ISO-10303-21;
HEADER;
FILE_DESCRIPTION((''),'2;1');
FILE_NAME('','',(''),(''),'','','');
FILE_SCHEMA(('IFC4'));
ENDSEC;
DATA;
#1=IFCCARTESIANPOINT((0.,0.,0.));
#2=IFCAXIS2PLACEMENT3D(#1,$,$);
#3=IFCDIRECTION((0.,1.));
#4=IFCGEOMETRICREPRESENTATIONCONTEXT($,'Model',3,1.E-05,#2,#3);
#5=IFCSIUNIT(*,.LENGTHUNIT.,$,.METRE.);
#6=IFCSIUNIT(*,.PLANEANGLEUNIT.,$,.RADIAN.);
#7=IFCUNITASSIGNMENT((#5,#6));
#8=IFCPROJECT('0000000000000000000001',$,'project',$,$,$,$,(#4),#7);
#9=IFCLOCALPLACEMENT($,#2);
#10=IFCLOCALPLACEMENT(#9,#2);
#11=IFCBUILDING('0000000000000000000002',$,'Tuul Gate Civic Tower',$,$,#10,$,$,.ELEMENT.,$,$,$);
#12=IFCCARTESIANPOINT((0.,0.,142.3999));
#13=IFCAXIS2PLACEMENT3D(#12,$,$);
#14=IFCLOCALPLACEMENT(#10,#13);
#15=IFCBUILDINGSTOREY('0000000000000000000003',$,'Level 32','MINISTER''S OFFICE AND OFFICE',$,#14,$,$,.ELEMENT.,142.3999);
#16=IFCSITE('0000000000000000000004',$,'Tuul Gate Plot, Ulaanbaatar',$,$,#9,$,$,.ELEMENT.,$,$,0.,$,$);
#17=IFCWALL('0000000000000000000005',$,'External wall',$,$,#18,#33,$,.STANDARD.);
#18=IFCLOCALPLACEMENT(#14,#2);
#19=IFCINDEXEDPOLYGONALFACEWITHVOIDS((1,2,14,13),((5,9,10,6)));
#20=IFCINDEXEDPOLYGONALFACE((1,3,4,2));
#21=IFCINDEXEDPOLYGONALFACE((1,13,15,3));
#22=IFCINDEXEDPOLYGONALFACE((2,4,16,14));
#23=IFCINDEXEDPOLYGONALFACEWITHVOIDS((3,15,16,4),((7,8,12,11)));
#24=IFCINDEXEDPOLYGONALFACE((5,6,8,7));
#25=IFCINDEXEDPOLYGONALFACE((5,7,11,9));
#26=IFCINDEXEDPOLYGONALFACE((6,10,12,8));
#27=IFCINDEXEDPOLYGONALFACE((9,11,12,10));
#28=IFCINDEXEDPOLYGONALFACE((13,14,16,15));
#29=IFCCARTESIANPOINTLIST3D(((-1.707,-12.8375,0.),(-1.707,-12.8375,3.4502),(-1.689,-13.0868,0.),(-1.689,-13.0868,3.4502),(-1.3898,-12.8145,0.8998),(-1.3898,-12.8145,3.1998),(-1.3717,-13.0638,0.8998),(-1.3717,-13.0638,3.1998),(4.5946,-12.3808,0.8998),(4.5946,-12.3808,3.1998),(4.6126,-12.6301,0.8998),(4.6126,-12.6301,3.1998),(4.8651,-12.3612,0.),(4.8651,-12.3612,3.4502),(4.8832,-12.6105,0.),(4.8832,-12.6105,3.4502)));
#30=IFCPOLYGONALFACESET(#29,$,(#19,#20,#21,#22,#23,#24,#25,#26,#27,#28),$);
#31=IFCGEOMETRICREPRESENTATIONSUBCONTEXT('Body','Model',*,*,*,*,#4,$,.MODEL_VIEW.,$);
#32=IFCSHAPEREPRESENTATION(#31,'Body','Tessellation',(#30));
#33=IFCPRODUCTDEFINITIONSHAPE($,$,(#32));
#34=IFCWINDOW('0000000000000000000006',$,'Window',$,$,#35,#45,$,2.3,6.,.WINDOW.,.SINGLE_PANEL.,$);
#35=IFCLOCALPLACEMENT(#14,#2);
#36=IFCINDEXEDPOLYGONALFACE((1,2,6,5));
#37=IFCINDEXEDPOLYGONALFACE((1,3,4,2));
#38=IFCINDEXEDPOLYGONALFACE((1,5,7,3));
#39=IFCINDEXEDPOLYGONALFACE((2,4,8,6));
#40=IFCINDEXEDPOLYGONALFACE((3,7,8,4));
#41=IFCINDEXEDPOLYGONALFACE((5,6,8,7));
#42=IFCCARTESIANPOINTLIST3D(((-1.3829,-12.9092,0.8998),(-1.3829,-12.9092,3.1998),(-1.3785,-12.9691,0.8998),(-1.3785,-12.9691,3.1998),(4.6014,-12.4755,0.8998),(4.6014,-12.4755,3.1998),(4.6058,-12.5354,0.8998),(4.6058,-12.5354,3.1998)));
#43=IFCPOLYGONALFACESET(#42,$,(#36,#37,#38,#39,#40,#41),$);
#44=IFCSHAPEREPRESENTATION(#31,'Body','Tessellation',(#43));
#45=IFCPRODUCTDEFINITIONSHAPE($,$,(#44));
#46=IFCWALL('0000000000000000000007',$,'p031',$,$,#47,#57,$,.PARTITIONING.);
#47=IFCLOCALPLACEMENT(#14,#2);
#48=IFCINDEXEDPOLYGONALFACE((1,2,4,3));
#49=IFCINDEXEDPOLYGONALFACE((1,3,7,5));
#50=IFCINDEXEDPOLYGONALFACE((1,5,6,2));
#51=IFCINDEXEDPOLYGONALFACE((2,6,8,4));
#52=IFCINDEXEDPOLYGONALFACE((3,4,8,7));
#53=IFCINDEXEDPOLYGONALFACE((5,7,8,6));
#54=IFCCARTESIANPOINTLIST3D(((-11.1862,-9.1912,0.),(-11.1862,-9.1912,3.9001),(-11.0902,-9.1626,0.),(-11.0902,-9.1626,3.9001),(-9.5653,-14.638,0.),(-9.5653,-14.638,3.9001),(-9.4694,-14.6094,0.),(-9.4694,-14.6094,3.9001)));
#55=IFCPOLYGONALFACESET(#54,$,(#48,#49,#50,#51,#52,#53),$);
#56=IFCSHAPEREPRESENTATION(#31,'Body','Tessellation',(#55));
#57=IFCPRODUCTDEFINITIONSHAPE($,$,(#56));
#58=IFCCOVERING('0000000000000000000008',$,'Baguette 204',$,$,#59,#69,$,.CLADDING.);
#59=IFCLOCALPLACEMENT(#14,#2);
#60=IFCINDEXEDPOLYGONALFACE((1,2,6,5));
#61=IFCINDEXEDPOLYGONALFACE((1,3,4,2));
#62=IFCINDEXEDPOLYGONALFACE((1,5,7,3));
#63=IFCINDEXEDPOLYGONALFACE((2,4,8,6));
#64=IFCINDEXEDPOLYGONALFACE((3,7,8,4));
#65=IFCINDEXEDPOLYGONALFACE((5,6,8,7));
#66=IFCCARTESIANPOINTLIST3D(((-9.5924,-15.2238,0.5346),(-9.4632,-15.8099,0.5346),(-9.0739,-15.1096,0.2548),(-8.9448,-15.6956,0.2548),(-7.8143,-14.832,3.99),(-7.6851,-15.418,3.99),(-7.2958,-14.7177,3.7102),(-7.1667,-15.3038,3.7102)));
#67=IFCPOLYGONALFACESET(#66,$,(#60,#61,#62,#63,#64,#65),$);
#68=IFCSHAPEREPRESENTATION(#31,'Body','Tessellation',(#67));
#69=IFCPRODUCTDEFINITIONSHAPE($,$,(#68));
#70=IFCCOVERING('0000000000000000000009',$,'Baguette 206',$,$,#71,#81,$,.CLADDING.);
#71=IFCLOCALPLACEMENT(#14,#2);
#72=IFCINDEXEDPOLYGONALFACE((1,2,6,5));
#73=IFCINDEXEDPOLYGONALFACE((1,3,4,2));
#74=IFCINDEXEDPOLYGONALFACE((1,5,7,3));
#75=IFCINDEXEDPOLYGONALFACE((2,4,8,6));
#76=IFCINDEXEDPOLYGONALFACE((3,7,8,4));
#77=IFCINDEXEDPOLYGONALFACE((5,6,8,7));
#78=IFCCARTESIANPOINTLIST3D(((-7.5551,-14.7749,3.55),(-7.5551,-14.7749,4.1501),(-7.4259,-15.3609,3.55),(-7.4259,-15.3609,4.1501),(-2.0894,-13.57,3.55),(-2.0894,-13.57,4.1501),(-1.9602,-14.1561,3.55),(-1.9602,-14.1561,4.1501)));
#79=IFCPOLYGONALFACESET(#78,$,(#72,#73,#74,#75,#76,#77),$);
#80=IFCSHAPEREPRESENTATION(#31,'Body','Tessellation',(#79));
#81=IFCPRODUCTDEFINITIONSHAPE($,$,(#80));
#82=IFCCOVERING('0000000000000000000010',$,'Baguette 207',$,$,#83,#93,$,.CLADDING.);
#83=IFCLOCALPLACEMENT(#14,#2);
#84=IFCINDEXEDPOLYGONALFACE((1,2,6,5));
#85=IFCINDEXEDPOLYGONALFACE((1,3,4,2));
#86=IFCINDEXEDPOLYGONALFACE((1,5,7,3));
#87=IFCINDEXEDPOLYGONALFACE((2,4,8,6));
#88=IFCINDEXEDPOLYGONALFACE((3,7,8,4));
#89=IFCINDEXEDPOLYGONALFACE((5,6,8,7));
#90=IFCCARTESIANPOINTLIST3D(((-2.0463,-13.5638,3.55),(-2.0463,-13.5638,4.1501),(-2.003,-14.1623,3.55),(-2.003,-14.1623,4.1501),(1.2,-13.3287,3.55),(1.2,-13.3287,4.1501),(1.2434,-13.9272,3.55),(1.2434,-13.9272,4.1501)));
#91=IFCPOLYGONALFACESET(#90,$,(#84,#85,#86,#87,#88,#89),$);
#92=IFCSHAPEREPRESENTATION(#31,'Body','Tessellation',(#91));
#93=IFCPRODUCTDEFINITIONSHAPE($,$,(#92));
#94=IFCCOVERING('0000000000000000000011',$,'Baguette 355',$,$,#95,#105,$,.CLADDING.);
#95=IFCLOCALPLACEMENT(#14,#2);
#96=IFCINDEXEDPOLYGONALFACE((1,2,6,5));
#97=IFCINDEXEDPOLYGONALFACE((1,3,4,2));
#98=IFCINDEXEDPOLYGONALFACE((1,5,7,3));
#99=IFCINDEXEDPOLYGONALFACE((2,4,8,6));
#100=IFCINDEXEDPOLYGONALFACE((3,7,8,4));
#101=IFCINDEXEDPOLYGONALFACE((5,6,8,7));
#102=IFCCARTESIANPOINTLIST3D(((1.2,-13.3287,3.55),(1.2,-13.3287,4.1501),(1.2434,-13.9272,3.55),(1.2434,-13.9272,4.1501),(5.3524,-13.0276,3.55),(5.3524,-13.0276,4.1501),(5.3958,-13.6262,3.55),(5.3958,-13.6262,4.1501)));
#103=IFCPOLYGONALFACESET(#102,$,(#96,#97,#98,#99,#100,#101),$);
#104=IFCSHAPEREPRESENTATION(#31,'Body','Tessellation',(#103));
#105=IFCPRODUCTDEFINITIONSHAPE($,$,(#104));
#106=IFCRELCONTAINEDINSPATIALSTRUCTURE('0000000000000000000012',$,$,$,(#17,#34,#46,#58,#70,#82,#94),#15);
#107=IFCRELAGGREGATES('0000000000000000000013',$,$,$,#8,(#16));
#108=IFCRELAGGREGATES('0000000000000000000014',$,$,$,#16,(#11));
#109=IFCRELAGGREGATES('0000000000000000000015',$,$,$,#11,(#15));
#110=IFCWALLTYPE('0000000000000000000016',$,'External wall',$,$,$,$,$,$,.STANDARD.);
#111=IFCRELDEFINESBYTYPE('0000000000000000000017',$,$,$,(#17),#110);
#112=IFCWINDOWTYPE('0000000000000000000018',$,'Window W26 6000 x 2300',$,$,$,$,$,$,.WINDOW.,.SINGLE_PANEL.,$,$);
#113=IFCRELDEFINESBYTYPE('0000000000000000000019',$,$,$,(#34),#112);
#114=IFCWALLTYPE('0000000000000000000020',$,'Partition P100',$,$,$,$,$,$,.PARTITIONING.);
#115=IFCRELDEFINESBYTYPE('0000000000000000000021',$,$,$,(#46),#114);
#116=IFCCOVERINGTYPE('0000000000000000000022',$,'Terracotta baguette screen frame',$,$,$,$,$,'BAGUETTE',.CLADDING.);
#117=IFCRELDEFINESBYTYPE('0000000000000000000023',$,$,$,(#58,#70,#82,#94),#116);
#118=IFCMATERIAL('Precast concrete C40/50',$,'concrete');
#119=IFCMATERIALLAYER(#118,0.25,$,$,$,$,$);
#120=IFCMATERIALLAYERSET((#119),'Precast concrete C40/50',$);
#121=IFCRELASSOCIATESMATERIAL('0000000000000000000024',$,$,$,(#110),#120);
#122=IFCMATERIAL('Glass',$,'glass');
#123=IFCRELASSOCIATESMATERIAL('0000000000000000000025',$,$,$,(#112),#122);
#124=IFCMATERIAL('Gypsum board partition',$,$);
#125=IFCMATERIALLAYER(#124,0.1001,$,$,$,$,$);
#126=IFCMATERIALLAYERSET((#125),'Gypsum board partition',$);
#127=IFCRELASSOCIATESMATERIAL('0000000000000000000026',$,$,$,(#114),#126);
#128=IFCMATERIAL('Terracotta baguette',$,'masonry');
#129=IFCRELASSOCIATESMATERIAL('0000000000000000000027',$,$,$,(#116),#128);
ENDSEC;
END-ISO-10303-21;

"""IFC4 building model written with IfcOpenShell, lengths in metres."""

from ifc_helpers import new_model, si_unit, direction, frame, frame_2d, origin, origin_2d, place, context, subcontext, project, spatial, rectangle, extrude, material, layer, layer_set, material_profile, profile_set, type_object, element, fill, save


model = new_model("IFC4")

# Units and contexts
model_context = context("Model", 3, precision=1e-05, world=origin(), true_north=direction((0.0, 1.0)))
body_context = subcontext(model_context, "Body", "Model", "MODEL_VIEW")
ifc_project = project(units=[si_unit("LENGTHUNIT", "METRE"), si_unit("PLANEANGLEUNIT", "RADIAN")], contexts=[model_context])

# Site, building, storey
site_placement = place(None, origin())
site = spatial("IfcSite", under=ifc_project, at=site_placement, Name="Tuul Gate Plot, Ulaanbaatar", CompositionType="ELEMENT", RefElevation=0.0)
building_placement = place(site_placement, origin())
building = spatial("IfcBuilding", under=site, at=building_placement, Name="Tuul Gate Civic Tower", CompositionType="ELEMENT")
storey_placement = place(building_placement, frame((0.0, 0.0, 142.3999)))
storey = spatial("IfcBuildingStorey", under=building, at=storey_placement, Name="Level 32", Description="MINISTER'S OFFICE AND OFFICE", CompositionType="ELEMENT", Elevation=142.3999)

# Wall, opening, window
ifc_material_1 = material(Name="Precast concrete C40/50", Category="concrete")
ifc_layer_1 = layer(ifc_material_1, 0.25)
ifc_layer_set_1 = layer_set([ifc_layer_1], Name="Precast concrete C40/50")
wall_type_1 = type_object("IfcWallType", Name="External wall", PredefinedType="STANDARD", material=ifc_layer_set_1)
ifc_material_2 = material(Name="Glass", Category="glass")
window_type = type_object("IfcWindowType", Name="Window W26 6000 x 2300", PartitioningType="SINGLE_PANEL", PredefinedType="WINDOW", material=ifc_material_2)
wall_1_placement = place(storey_placement, frame((-1.698, -12.9622, 0.0), z_axis=(0.0, 0.0, 1.0), x_axis=(0.997384, 0.072287, 0.0)))
wall_1 = element("IfcWall", 1, at=wall_1_placement, inside=storey, type_object=wall_type_1, Name="External wall", PredefinedType="STANDARD", context=body_context, shape_type="SweptSolid", body=[
    extrude(rectangle(XDim=6.5894, YDim=0.25, at=frame_2d((3.2947, 0.0))), origin(), (0.0, 0.0, 1.0), 3.4502),
])
opening_1_placement = place(wall_1_placement, frame((0.3181, 0.0, 0.8999)))
opening_1 = element("IfcOpeningElement", 2, at=opening_1_placement, cuts=wall_1, PredefinedType="OPENING", context=body_context, shape_type="SweptSolid", body=[
    extrude(rectangle(XDim=6.0, YDim=2.3, at=frame_2d((3.0, 1.1499))), frame((0.0, 0.135, 0.0), z_axis=(0.0, -1.0, 0.0), x_axis=(1.0, 0.0, 0.0)), (0.0, 0.0, 1.0), 0.27),
])
window_1_placement = place(opening_1_placement, origin())
window_1 = element("IfcWindow", 3, at=window_1_placement, inside=storey, type_object=window_type, Name="Window", OverallHeight=2.3, OverallWidth=6.0, PartitioningType="SINGLE_PANEL", PredefinedType="WINDOW", context=body_context, shape_type="SweptSolid", body=[
    extrude(rectangle(XDim=6.0, YDim=2.3, at=frame_2d((3.0, 1.1499))), frame((0.0, 0.03, 0.0), z_axis=(0.0, -1.0, 0.0), x_axis=(1.0, 0.0, 0.0)), (0.0, 0.0, 1.0), 0.0601),
])
fill(opening_1, window_1)

# Wall
ifc_material_3 = material(Name="Gypsum board partition")
ifc_layer_2 = layer(ifc_material_3, 0.1001)
ifc_layer_set_2 = layer_set([ifc_layer_2], Name="Gypsum board partition")
wall_type_2 = type_object("IfcWallType", Name="Partition P100", PredefinedType="PARTITIONING", material=ifc_layer_set_2)
wall_2_placement = place(storey_placement, frame((-11.1382, -9.177, 0.0), z_axis=(0.0, 0.0, 1.0), x_axis=(0.285219, -0.958462, 0.0)))
element("IfcWall", 4, at=wall_2_placement, inside=storey, type_object=wall_type_2, Name="p031", PredefinedType="PARTITIONING", context=body_context, shape_type="SweptSolid", body=[
    extrude(rectangle(XDim=5.6829, YDim=0.1001, at=frame_2d((2.8413, 0.0))), origin(), (0.0, 0.0, 1.0), 3.9001),
])

# Coverings
ifc_material_4 = material(Name="Terracotta baguette", Category="masonry")
ifc_material_profile_1 = material_profile(ifc_material_4, rectangle(XDim=0.6001, YDim=0.6001, at=origin_2d()), Name="Terracotta baguette screen frame")
ifc_profile_set_1 = profile_set([ifc_material_profile_1], Name="Terracotta baguette")
covering_type = type_object("IfcCoveringType", Name="Terracotta baguette screen frame", ElementType="BAGUETTE", PredefinedType="CLADDING", material=ifc_profile_set_1)
covering_1_placement = place(storey_placement, frame((-7.4905, -15.0679, 3.8501), z_axis=(-0.455254, -0.100327, -0.884691), x_axis=(0.215212, -0.976567, 0.0)))
element("IfcCovering", 5, at=covering_1_placement, inside=storey, type_object=covering_type, Name="Baguette 204", PredefinedType="CLADDING", context=body_context, shape_type="SweptSolid", body=[
    extrude(rectangle(XDim=0.6001, YDim=0.6001, at=origin_2d()), origin(), (0.0, 0.0, 1.0), 3.9058),
])
covering_2_placement = place(storey_placement, frame((-7.4905, -15.0679, 3.8501), z_axis=(0.976556, 0.215263, 0.0), x_axis=(-0.215263, 0.976556, 0.0)))
element("IfcCovering", 6, at=covering_2_placement, inside=storey, type_object=covering_type, Name="Baguette 206", PredefinedType="CLADDING", context=body_context, shape_type="SweptSolid", body=[
    extrude(rectangle(XDim=0.6001, YDim=0.6001, at=origin_2d()), origin(), (0.0, 0.0, 1.0), 5.5969),
])
covering_3_placement = place(storey_placement, frame((-2.0247, -13.863, 3.8501), z_axis=(0.997388, 0.072233, 0.0), x_axis=(-0.072233, 0.997388, 0.0)))
element("IfcCovering", 7, at=covering_3_placement, inside=storey, type_object=covering_type, Name="Baguette 207", PredefinedType="CLADDING", context=body_context, shape_type="SweptSolid", body=[
    extrude(rectangle(XDim=0.6001, YDim=0.6001, at=origin_2d()), origin(), (0.0, 0.0, 1.0), 3.2549),
])
covering_4_placement = place(storey_placement, frame((1.2217, -13.6279, 3.8501), z_axis=(0.997383, 0.072306, 0.0), x_axis=(-0.072306, 0.997383, 0.0)))
element("IfcCovering", 8, at=covering_4_placement, inside=storey, type_object=covering_type, Name="Baguette 355", PredefinedType="CLADDING", context=body_context, shape_type="SweptSolid", body=[
    extrude(rectangle(XDim=0.6001, YDim=0.6001, at=origin_2d()), origin(), (0.0, 0.0, 1.0), 4.1633),
])

save(model, "model.ifc")
